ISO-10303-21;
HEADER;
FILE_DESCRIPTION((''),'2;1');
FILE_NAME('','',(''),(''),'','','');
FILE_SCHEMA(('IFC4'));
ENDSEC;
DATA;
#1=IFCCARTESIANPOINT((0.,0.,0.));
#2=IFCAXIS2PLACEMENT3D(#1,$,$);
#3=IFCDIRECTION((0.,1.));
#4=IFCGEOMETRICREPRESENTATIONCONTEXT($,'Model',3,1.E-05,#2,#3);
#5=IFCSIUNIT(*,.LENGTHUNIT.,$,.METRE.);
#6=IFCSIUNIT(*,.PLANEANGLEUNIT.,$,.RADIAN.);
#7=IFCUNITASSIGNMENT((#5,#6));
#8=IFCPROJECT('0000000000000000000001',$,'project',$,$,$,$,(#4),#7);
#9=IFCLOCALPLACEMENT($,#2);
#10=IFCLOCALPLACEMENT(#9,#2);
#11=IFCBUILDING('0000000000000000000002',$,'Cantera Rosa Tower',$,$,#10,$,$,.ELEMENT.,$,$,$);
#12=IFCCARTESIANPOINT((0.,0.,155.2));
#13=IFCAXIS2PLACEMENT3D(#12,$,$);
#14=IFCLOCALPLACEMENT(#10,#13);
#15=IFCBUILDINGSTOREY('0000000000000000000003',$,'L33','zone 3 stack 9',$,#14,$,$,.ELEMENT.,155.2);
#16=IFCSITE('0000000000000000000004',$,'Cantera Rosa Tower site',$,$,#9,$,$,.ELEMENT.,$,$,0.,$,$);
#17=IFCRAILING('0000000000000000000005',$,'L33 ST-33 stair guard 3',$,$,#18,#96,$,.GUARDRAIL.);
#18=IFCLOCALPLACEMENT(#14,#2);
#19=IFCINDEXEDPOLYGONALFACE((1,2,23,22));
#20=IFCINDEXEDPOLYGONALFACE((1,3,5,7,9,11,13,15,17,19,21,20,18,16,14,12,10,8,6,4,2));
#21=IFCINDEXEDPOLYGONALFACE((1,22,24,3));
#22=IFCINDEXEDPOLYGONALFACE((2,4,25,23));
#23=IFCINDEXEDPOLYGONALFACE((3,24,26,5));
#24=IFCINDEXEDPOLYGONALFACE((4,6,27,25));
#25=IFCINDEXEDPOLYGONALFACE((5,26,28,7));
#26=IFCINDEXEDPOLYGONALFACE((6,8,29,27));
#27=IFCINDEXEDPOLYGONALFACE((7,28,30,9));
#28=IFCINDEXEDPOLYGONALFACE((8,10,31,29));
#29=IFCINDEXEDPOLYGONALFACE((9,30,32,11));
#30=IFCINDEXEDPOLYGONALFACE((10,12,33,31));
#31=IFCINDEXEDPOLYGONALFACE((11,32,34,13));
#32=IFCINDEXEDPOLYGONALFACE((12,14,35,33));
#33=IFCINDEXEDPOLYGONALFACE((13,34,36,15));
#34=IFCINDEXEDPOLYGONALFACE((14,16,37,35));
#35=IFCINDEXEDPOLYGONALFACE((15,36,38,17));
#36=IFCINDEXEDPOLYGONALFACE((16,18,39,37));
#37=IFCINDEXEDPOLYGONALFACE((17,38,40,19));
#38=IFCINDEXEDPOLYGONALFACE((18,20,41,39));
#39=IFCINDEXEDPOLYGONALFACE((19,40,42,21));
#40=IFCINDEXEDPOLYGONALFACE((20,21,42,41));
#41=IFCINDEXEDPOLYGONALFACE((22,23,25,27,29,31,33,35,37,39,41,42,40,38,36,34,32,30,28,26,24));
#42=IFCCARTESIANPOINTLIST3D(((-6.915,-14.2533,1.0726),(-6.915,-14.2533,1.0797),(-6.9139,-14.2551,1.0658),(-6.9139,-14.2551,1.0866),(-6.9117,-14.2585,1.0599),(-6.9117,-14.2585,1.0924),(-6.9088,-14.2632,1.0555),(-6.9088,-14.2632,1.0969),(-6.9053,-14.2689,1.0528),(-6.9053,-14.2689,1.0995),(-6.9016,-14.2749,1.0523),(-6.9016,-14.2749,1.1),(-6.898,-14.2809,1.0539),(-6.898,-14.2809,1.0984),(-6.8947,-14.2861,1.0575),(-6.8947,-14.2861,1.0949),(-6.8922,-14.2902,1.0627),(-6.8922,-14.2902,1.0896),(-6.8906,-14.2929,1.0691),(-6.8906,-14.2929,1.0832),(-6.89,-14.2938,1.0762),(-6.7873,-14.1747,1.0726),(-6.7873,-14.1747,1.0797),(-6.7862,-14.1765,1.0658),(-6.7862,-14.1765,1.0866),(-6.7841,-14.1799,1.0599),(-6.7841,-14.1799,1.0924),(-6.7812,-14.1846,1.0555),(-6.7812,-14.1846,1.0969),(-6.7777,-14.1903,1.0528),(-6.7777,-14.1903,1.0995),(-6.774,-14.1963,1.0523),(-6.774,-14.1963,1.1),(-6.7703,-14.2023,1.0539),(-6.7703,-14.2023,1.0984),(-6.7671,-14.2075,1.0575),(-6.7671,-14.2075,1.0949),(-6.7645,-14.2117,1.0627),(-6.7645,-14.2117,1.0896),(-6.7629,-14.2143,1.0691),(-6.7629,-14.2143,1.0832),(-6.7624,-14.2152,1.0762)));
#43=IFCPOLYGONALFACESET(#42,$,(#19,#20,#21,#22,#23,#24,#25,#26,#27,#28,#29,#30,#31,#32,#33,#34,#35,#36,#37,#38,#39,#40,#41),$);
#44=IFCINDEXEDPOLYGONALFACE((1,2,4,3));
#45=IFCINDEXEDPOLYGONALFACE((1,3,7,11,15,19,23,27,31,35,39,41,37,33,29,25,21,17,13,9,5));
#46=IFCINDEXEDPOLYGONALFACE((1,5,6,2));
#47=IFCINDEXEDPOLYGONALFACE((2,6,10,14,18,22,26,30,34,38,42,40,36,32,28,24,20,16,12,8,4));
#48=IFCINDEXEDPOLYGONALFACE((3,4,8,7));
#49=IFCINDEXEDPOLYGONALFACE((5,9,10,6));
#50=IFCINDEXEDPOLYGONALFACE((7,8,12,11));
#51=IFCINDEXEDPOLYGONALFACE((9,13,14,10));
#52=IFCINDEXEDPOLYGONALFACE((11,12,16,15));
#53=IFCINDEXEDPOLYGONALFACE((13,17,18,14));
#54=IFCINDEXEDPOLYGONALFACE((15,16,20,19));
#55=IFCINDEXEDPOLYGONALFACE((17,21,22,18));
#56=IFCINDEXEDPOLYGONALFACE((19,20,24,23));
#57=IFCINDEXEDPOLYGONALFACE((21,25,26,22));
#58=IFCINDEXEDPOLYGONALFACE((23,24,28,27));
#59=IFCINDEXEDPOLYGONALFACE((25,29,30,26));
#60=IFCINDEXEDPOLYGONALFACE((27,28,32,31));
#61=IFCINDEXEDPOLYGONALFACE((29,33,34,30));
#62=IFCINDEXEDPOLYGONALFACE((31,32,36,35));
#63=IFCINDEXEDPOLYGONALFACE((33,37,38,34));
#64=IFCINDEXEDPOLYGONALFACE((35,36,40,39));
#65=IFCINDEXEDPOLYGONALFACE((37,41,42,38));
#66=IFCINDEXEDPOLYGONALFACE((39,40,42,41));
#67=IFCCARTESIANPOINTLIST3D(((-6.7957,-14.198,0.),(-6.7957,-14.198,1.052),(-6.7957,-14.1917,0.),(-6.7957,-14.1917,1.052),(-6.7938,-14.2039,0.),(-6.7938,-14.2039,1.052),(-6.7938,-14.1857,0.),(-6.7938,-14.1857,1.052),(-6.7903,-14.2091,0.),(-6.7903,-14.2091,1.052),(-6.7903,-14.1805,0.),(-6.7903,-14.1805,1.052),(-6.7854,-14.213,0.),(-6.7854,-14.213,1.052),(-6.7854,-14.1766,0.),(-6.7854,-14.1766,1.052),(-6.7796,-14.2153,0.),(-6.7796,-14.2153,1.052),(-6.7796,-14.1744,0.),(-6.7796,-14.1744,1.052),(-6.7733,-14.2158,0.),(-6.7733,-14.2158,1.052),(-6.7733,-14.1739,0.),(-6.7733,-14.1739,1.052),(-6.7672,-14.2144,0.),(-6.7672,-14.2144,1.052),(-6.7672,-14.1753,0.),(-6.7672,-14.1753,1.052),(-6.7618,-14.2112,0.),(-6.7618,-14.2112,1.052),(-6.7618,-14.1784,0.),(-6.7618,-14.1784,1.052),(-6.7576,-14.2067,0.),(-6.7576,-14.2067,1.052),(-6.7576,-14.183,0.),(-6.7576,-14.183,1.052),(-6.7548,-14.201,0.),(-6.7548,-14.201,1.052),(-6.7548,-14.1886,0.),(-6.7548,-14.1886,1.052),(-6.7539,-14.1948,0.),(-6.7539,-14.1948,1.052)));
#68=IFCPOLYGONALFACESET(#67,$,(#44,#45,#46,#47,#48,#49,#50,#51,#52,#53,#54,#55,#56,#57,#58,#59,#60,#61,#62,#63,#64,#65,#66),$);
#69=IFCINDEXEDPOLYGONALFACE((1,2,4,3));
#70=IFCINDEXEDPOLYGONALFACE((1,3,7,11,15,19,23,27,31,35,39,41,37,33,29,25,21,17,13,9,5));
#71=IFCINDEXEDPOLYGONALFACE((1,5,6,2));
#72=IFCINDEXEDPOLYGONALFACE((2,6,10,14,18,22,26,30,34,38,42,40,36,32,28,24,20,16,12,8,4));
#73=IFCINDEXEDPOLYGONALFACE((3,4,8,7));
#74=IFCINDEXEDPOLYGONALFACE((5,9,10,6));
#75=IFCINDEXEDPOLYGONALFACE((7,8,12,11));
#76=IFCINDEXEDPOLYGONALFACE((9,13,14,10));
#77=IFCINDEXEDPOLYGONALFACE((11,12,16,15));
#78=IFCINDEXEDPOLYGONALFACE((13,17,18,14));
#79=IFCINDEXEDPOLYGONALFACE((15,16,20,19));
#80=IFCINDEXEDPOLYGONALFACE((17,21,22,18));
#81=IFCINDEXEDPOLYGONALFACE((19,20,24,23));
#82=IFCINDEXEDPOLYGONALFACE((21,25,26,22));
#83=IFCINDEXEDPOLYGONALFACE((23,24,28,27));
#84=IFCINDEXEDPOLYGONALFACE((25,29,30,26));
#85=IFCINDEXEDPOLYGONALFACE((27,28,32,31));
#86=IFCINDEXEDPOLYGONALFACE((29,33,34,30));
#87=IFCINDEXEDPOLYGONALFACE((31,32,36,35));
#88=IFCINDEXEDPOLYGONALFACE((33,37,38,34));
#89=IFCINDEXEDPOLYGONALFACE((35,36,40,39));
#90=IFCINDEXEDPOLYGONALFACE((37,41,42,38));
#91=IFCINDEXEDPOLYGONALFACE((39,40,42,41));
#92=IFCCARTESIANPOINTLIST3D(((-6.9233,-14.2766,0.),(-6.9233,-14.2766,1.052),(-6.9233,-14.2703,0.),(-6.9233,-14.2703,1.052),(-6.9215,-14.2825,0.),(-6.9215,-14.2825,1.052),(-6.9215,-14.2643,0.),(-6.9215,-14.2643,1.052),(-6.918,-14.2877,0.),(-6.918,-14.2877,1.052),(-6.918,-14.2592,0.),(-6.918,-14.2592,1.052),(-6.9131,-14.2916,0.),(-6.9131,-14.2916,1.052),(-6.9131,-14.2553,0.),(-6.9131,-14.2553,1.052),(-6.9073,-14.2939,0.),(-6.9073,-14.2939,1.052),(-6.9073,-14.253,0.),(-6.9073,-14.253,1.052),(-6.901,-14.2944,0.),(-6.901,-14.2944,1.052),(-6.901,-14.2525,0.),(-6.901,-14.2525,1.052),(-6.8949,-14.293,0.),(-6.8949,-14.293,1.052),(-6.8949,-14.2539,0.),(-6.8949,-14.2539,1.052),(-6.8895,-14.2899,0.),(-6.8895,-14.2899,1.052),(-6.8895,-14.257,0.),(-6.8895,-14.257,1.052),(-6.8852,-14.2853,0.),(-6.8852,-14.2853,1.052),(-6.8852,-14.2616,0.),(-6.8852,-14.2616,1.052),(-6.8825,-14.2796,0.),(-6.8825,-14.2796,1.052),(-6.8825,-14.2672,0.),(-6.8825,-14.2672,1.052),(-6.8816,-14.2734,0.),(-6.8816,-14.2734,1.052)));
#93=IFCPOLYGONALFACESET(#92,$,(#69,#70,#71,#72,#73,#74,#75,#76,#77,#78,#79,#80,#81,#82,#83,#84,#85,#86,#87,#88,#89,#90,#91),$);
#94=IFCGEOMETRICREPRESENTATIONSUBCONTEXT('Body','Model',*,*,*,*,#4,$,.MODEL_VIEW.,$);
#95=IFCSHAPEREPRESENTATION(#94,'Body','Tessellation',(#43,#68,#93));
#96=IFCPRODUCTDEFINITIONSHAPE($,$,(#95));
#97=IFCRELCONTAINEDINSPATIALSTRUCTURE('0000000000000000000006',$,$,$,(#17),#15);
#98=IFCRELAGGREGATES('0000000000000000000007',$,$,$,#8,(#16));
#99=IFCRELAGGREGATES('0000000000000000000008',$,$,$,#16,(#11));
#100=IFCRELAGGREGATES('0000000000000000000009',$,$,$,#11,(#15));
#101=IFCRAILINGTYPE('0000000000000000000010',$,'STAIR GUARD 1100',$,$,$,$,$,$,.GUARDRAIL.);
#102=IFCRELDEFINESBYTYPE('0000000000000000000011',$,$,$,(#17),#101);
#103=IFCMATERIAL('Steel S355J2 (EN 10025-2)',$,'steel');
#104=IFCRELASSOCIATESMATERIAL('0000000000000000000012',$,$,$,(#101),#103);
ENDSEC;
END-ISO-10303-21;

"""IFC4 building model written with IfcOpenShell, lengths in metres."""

from ifc_helpers import new_model, si_unit, direction, frame, origin, origin_2d, place, context, subcontext, project, spatial, circle, extrude, material, type_object, element, save


model = new_model("IFC4")

# Units and contexts
model_context = context("Model", 3, precision=1e-05, world=origin(), true_north=direction((0.0, 1.0)))
body_context = subcontext(model_context, "Body", "Model", "MODEL_VIEW")
ifc_project = project(units=[si_unit("LENGTHUNIT", "METRE"), si_unit("PLANEANGLEUNIT", "RADIAN")], contexts=[model_context])

# Site, building, storey
site_placement = place(None, origin())
site = spatial("IfcSite", under=ifc_project, at=site_placement, Name="Cantera Rosa Tower site", CompositionType="ELEMENT", RefElevation=0.0)
building_placement = place(site_placement, origin())
building = spatial("IfcBuilding", under=site, at=building_placement, Name="Cantera Rosa Tower", CompositionType="ELEMENT")
storey_placement = place(building_placement, frame((0.0, 0.0, 155.2)))
storey = spatial("IfcBuildingStorey", under=building, at=storey_placement, Name="L33", Description="zone 3 stack 9", CompositionType="ELEMENT", Elevation=155.2)

# Railing
ifc_material_1 = material(Name="Steel S355J2 (EN 10025-2)", Category="steel")
railing_type_1 = type_object("IfcRailingType", Name="STAIR GUARD 1100", PredefinedType="GUARDRAIL", material=ifc_material_1)
railing_1_placement = place(storey_placement, frame((-6.7749, -14.1948, 0.0)))
element("IfcRailing", 1, at=railing_1_placement, inside=storey, type_object=railing_type_1, Name="L33 ST-33 stair guard 3", PredefinedType="GUARDRAIL", context=body_context, shape_type="SweptSolid", body=[
    extrude(circle(Radius=0.0239, at=origin_2d()), frame((0.0, 0.0, 1.0762), z_axis=(-0.851546, -0.524279, 0.0), x_axis=(0.524279, -0.851546, 0.0)), (0.0, 0.0, 1.0), 0.1499),
    extrude(circle(Radius=0.021, at=origin_2d()), origin(), (0.0, 0.0, 1.0), 1.052),
    extrude(circle(Radius=0.021, at=origin_2d()), frame((-0.1277, -0.0786, 0.0)), (0.0, 0.0, 1.0), 1.052),
])

save(model, "model.ifc")
